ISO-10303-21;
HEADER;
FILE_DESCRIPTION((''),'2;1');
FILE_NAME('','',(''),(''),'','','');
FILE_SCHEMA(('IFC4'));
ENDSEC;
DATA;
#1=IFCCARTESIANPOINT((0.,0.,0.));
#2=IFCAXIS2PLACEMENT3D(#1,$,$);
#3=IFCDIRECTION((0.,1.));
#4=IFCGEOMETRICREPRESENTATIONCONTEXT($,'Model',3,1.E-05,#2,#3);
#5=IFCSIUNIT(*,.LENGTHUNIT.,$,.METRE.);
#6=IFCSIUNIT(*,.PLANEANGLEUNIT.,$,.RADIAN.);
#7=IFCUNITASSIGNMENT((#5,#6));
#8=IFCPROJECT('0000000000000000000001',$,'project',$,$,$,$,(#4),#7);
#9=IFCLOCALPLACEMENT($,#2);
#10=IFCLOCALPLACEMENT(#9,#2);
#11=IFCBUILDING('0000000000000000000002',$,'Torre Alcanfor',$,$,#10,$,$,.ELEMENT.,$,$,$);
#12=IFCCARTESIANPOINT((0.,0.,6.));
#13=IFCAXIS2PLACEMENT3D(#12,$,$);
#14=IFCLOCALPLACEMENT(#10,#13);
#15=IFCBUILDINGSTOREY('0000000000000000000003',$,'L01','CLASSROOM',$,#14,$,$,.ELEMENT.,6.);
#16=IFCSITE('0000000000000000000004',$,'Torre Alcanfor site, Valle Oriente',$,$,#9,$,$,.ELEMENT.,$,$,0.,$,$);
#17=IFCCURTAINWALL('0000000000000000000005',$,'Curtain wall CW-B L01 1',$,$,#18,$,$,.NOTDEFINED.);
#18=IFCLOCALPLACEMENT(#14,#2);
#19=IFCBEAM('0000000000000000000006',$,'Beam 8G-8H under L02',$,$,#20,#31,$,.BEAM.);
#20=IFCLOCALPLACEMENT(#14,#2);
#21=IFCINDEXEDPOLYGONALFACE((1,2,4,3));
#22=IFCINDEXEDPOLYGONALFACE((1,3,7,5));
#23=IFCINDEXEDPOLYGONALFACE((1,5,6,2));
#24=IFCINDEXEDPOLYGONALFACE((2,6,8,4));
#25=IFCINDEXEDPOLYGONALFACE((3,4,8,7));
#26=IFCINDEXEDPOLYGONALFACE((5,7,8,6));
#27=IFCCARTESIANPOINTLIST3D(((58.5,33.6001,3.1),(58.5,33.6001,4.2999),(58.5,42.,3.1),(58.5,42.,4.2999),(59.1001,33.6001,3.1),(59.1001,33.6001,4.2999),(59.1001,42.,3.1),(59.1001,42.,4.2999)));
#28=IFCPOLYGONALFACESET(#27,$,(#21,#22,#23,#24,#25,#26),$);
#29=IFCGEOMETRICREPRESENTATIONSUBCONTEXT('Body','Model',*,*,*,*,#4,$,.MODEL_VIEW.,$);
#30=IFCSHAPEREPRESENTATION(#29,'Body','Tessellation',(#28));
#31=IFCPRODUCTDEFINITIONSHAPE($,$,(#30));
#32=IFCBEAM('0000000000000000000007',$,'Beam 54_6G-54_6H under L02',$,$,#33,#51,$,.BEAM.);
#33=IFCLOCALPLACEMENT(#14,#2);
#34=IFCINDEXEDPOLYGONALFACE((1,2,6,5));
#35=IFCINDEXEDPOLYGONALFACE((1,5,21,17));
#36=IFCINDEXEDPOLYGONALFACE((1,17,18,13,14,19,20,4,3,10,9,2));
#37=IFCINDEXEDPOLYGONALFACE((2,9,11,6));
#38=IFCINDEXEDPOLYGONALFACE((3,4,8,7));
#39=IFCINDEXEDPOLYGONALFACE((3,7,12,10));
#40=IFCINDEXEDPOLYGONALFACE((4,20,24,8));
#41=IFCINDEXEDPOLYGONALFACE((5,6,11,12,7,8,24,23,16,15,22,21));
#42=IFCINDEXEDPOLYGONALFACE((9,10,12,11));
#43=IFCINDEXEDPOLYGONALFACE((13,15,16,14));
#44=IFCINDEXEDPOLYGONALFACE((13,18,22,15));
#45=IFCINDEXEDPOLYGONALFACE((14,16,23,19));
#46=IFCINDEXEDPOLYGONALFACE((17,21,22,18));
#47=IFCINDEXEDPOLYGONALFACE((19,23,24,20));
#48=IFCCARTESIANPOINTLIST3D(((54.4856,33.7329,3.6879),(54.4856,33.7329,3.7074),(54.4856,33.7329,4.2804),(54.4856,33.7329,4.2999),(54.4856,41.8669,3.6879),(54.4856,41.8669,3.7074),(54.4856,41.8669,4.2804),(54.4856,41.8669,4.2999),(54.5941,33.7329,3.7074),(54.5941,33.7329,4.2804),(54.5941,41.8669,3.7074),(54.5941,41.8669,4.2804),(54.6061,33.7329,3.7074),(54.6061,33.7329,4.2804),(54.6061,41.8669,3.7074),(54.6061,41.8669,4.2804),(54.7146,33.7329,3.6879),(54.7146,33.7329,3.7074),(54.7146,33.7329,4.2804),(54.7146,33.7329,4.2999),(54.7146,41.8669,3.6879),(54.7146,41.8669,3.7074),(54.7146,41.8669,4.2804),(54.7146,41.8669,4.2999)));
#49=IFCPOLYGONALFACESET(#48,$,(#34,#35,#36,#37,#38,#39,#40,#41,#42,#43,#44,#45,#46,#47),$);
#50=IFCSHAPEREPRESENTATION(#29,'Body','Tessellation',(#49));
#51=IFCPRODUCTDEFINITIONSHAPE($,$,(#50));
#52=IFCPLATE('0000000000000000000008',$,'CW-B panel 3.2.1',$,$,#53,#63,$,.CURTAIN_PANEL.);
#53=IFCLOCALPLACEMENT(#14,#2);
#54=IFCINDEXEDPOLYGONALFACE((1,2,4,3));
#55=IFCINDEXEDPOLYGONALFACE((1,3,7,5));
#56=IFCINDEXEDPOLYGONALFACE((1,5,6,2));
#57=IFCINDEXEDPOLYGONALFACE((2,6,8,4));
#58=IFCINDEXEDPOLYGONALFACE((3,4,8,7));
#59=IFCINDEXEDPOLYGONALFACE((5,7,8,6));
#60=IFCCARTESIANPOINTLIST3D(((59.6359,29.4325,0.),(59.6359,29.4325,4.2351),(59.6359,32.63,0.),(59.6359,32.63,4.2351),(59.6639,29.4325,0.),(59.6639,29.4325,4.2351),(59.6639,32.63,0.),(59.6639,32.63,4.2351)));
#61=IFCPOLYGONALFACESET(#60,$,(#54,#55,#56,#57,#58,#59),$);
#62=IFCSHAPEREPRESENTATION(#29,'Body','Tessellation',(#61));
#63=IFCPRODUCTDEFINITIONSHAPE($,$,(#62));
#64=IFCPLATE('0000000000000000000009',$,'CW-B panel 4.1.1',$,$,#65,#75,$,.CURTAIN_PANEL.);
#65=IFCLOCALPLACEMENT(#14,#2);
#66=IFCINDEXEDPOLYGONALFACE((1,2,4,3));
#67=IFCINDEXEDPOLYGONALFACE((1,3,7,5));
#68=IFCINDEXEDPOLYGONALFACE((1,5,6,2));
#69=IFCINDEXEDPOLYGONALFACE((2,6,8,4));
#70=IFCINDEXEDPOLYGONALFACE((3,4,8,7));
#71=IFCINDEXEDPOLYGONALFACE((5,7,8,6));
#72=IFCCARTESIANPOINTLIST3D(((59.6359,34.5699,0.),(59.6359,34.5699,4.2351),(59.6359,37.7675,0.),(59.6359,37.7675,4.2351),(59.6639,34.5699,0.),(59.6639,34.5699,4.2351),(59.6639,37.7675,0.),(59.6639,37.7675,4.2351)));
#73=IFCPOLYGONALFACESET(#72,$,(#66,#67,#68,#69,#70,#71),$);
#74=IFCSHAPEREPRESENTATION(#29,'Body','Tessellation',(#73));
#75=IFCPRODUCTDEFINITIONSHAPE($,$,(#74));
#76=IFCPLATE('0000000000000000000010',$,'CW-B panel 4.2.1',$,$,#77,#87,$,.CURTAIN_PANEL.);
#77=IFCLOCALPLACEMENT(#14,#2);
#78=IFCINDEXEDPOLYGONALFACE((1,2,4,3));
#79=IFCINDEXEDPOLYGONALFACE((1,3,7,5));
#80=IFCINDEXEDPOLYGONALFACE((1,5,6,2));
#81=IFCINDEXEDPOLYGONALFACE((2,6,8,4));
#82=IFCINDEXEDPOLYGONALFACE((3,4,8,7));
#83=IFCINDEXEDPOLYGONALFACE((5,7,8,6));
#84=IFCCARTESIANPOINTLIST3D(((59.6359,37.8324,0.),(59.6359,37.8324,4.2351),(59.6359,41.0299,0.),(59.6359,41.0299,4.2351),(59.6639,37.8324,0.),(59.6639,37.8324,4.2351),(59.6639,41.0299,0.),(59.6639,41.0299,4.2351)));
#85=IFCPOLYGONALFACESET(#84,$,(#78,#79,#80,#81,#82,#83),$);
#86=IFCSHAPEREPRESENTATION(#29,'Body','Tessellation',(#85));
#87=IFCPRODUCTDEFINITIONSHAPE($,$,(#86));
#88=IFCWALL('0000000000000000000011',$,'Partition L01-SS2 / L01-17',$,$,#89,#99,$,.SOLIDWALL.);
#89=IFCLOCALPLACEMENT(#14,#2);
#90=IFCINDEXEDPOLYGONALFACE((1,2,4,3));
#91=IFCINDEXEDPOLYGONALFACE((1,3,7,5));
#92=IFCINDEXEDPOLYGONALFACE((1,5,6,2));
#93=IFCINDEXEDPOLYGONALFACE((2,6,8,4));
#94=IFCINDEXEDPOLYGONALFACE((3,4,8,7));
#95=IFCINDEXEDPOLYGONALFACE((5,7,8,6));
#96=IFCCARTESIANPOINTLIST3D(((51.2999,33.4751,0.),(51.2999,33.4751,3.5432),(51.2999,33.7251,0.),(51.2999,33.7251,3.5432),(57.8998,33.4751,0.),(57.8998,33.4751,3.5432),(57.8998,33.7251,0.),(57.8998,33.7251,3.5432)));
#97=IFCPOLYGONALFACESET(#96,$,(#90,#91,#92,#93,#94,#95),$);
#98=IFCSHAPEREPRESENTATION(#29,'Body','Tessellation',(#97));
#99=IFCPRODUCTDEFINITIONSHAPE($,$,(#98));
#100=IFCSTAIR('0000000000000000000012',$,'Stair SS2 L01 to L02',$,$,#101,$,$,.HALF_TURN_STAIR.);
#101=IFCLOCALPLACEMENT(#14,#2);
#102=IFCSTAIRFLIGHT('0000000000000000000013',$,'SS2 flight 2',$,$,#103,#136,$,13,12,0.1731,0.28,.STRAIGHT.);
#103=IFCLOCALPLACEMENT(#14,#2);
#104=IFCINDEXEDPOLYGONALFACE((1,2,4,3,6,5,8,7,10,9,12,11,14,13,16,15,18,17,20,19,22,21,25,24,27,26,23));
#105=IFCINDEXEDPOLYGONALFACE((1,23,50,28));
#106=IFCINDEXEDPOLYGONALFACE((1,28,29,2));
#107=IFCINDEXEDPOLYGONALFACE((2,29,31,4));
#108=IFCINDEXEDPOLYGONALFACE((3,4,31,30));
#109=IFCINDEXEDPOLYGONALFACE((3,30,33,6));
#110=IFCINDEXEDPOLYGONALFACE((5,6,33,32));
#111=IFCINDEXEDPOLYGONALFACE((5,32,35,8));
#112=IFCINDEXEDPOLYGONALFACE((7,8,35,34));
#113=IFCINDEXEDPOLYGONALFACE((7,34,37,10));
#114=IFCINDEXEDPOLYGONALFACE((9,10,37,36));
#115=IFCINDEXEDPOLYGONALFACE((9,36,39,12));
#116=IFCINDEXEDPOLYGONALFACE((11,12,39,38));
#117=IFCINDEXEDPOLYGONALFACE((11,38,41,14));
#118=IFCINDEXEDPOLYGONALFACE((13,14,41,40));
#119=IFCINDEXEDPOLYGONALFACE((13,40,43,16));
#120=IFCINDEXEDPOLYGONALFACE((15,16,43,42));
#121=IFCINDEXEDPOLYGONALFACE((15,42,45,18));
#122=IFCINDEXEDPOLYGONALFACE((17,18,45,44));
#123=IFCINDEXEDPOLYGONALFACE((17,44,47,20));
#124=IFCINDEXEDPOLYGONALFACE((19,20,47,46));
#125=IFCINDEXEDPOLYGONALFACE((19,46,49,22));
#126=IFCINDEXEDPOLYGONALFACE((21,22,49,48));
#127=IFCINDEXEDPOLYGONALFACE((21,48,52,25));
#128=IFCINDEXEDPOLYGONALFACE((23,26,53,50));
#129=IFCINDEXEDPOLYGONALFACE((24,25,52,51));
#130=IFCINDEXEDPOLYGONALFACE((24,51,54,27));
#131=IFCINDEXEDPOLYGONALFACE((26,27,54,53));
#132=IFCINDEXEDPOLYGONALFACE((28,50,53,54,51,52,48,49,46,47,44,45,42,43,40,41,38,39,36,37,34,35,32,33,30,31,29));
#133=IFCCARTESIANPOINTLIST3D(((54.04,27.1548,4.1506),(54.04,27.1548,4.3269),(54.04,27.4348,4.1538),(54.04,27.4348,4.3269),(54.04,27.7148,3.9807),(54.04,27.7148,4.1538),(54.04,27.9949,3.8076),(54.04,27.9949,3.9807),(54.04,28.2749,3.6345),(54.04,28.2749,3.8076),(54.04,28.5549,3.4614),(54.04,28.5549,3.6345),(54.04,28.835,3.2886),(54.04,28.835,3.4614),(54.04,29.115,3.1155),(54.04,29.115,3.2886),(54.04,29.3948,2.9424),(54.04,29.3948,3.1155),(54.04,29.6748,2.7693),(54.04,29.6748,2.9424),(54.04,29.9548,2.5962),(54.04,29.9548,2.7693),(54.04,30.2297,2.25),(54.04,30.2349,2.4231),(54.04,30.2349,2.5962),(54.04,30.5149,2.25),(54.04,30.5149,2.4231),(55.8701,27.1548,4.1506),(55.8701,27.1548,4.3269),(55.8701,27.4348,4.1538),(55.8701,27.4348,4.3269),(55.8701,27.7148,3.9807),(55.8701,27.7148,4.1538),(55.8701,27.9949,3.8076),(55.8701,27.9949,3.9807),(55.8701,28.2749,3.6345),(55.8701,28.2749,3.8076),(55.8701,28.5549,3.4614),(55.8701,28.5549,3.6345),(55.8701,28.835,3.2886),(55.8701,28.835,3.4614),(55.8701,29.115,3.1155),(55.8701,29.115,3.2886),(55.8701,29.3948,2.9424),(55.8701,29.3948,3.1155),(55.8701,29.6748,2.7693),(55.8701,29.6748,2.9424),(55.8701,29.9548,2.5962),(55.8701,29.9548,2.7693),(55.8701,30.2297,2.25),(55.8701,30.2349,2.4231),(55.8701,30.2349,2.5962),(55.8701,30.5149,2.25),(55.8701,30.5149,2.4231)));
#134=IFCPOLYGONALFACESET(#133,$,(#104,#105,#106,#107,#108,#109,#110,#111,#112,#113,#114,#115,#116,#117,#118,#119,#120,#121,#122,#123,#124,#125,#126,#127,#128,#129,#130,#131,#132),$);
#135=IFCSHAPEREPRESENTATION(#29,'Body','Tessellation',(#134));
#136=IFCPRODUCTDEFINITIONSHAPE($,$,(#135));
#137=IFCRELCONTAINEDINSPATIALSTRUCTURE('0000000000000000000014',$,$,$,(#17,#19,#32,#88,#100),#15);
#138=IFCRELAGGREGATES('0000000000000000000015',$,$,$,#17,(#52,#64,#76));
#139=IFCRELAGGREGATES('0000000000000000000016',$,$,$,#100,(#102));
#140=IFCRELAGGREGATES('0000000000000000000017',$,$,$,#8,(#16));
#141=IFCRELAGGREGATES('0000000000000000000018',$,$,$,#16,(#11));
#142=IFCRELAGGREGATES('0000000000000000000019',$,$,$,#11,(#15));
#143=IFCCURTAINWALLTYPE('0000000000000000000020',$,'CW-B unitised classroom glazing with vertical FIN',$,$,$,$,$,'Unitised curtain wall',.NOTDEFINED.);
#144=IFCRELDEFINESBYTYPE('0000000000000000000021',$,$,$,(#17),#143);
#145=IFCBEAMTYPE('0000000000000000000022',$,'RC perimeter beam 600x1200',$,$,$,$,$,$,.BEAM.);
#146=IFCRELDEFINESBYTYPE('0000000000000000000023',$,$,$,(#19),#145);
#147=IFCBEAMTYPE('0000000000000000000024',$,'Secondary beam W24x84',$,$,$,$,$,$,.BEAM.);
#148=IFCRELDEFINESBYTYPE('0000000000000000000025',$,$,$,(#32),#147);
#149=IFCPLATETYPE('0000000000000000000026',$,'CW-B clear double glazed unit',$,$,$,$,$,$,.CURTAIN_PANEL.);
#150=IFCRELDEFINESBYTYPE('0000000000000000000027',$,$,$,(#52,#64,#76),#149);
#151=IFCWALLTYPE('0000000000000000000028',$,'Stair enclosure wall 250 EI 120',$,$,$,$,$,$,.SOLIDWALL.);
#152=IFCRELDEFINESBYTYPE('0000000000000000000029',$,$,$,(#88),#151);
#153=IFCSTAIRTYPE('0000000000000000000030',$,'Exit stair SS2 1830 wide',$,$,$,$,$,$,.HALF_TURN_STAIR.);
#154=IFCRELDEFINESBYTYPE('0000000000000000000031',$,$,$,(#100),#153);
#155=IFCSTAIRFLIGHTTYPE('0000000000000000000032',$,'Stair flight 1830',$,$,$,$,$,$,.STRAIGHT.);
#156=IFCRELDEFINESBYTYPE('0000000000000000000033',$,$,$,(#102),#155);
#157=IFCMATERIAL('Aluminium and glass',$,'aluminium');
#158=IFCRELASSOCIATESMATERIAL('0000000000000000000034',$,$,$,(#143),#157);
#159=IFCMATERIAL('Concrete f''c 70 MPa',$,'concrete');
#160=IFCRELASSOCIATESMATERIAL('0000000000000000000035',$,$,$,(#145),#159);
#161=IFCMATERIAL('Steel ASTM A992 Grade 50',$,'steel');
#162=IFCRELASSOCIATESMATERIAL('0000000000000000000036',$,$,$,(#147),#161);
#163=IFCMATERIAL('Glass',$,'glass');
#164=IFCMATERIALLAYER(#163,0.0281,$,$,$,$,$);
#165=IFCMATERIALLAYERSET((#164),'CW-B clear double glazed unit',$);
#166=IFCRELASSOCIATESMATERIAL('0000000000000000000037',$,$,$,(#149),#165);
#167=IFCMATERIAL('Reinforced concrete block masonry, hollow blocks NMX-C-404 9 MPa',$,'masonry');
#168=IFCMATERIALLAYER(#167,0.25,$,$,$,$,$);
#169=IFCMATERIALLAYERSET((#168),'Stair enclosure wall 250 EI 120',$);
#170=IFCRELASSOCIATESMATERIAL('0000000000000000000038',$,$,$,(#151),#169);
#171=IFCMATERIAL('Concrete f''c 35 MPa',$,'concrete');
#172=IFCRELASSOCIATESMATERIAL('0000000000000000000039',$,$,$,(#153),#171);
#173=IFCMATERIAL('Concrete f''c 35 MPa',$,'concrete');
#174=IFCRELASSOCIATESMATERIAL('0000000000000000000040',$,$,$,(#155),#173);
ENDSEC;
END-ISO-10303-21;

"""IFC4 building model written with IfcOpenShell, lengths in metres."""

from ifc_helpers import new_model, si_unit, direction, frame, frame_2d, origin, origin_2d, place, context, subcontext, project, spatial, polyline, rectangle, i_section, outline, extrude, material, layer, layer_set, material_profile, profile_set, type_object, element, aggregate, save


model = new_model("IFC4")

# Units and contexts
model_context = context("Model", 3, precision=1e-05, world=origin(), true_north=direction((0.0, 1.0)))
body_context = subcontext(model_context, "Body", "Model", "MODEL_VIEW")
ifc_project = project(units=[si_unit("LENGTHUNIT", "METRE"), si_unit("PLANEANGLEUNIT", "RADIAN")], contexts=[model_context])

# Site, building, storey
site_placement = place(None, origin())
site = spatial("IfcSite", under=ifc_project, at=site_placement, Name="Torre Alcanfor site, Valle Oriente", CompositionType="ELEMENT", RefElevation=0.0)
building_placement = place(site_placement, origin())
building = spatial("IfcBuilding", under=site, at=building_placement, Name="Torre Alcanfor", CompositionType="ELEMENT")
storey_placement = place(building_placement, frame((0.0, 0.0, 6.0)))
storey = spatial("IfcBuildingStorey", under=building, at=storey_placement, Name="L01", Description="CLASSROOM", CompositionType="ELEMENT", Elevation=6.0)

# Curtain wall
ifc_material_1 = material(Name="Aluminium and glass", Category="aluminium")
curtain_wall_type = type_object("IfcCurtainWallType", Name="CW-B unitised classroom glazing with vertical FIN", ElementType="Unitised curtain wall", PredefinedType="NOTDEFINED", material=ifc_material_1)
curtain_wall_placement = place(storey_placement, origin())
curtain_wall = element("IfcCurtainWall", 1, at=curtain_wall_placement, inside=storey, type_object=curtain_wall_type, Name="Curtain wall CW-B L01 1", PredefinedType="NOTDEFINED")

# Beams
ifc_material_2 = material(Name="Concrete f'c 70 MPa", Category="concrete")
ifc_material_profile_1 = material_profile(ifc_material_2, rectangle(XDim=0.6001, YDim=1.2, at=origin_2d()), Name="600x1200")
ifc_profile_set_1 = profile_set([ifc_material_profile_1], Name="Concrete f'c 70 MPa")
beam_type_1 = type_object("IfcBeamType", Name="RC perimeter beam 600x1200", PredefinedType="BEAM", material=ifc_profile_set_1)
beam_1_placement = place(storey_placement, frame((58.8, 33.6001, 3.7), z_axis=(0.0, 1.0, 0.0), x_axis=(-1.0, 0.0, 0.0)))
element("IfcBeam", 2, at=beam_1_placement, inside=storey, type_object=beam_type_1, Name="Beam 8G-8H under L02", PredefinedType="BEAM", context=body_context, shape_type="SweptSolid", body=[
    extrude(rectangle(XDim=0.6001, YDim=1.2, at=origin_2d()), origin(), (0.0, 0.0, 1.0), 8.3999),
])
ifc_material_3 = material(Name="Steel ASTM A992 Grade 50", Category="steel")
ifc_material_profile_2 = material_profile(ifc_material_3, i_section(OverallWidth=0.229, OverallDepth=0.6121, WebThickness=0.012, FlangeThickness=0.0195, at=origin_2d()), Name="W24x84")
ifc_profile_set_2 = profile_set([ifc_material_profile_2], Name="Steel ASTM A992 Grade 50")
beam_type_2 = type_object("IfcBeamType", Name="Secondary beam W24x84", PredefinedType="BEAM", material=ifc_profile_set_2)
beam_2_placement = place(storey_placement, frame((54.6001, 33.7329, 3.9939), z_axis=(0.0, 1.0, 0.0), x_axis=(-1.0, 0.0, 0.0)))
element("IfcBeam", 3, at=beam_2_placement, inside=storey, type_object=beam_type_2, Name="Beam 54_6G-54_6H under L02", PredefinedType="BEAM", context=body_context, shape_type="SweptSolid", body=[
    extrude(i_section(OverallWidth=0.229, OverallDepth=0.6121, WebThickness=0.012, FlangeThickness=0.0195, at=origin_2d()), origin(), (0.0, 0.0, 1.0), 8.134),
])

# Plates
ifc_material_4 = material(Name="Glass", Category="glass")
ifc_layer_1 = layer(ifc_material_4, 0.0281)
ifc_layer_set_1 = layer_set([ifc_layer_1], Name="CW-B clear double glazed unit")
plate_type = type_object("IfcPlateType", Name="CW-B clear double glazed unit", PredefinedType="CURTAIN_PANEL", material=ifc_layer_set_1)
plate_1_placement = place(storey_placement, frame((59.6499, 31.0312, 0.0), z_axis=(0.0, 0.0, 1.0), x_axis=(0.0, 1.0, 0.0)))
plate_1 = element("IfcPlate", 4, at=plate_1_placement, type_object=plate_type, Name="CW-B panel 3.2.1", PredefinedType="CURTAIN_PANEL", context=body_context, shape_type="SweptSolid", body=[
    extrude(rectangle(XDim=3.1975, YDim=0.0281, at=origin_2d()), origin(), (0.0, 0.0, 1.0), 4.2351),
])
plate_2_placement = place(storey_placement, frame((59.6499, 36.1687, 0.0), z_axis=(0.0, 0.0, 1.0), x_axis=(0.0, 1.0, 0.0)))
plate_2 = element("IfcPlate", 5, at=plate_2_placement, type_object=plate_type, Name="CW-B panel 4.1.1", PredefinedType="CURTAIN_PANEL", context=body_context, shape_type="SweptSolid", body=[
    extrude(rectangle(XDim=3.1975, YDim=0.0281, at=origin_2d()), origin(), (0.0, 0.0, 1.0), 4.2351),
])
plate_3_placement = place(storey_placement, frame((59.6499, 39.4312, 0.0), z_axis=(0.0, 0.0, 1.0), x_axis=(0.0, 1.0, 0.0)))
plate_3 = element("IfcPlate", 6, at=plate_3_placement, type_object=plate_type, Name="CW-B panel 4.2.1", PredefinedType="CURTAIN_PANEL", context=body_context, shape_type="SweptSolid", body=[
    extrude(rectangle(XDim=3.1975, YDim=0.0281, at=origin_2d()), origin(), (0.0, 0.0, 1.0), 4.2351),
])
aggregate(curtain_wall, [plate_1, plate_2, plate_3])

# Wall
ifc_material_5 = material(Name="Reinforced concrete block masonry, hollow blocks NMX-C-404 9 MPa", Category="masonry")
ifc_layer_2 = layer(ifc_material_5, 0.25)
ifc_layer_set_2 = layer_set([ifc_layer_2], Name="Stair enclosure wall 250 EI 120")
wall_type = type_object("IfcWallType", Name="Stair enclosure wall 250 EI 120", PredefinedType="SOLIDWALL", material=ifc_layer_set_2)
wall_placement = place(storey_placement, frame((51.3, 33.6001, 0.0), z_axis=(0.0, 0.0, 1.0), x_axis=(1.0, 0.0, 0.0)))
element("IfcWall", 7, at=wall_placement, inside=storey, type_object=wall_type, Name="Partition L01-SS2 / L01-17", PredefinedType="SOLIDWALL", context=body_context, shape_type="SweptSolid", body=[
    extrude(rectangle(XDim=6.5999, YDim=0.25, at=frame_2d((3.2998, 0.0))), origin(), (0.0, 0.0, 1.0), 3.5432),
])

# Stair, stair flight
ifc_material_6 = material(Name="Concrete f'c 35 MPa", Category="concrete")
stair_type = type_object("IfcStairType", Name="Exit stair SS2 1830 wide", PredefinedType="HALF_TURN_STAIR", material=ifc_material_6)
stair_placement = place(storey_placement, origin())
stair = element("IfcStair", 8, at=stair_placement, inside=storey, type_object=stair_type, Name="Stair SS2 L01 to L02", PredefinedType="HALF_TURN_STAIR")
ifc_material_7 = material(Name="Concrete f'c 35 MPa", Category="concrete")
stair_flight_type = type_object("IfcStairFlightType", Name="Stair flight 1830", PredefinedType="STRAIGHT", material=ifc_material_7)
stair_flight_placement = place(storey_placement, frame((54.9551, 30.5149, 2.25), z_axis=(0.0, 0.0, 1.0), x_axis=(0.0, -1.0, 0.0)))
stair_flight = element("IfcStairFlight", 9, at=stair_flight_placement, type_object=stair_flight_type, Name="SS2 flight 2", NumberOfRisers=13, NumberOfTreads=12, PredefinedType="STRAIGHT", RiserHeight=0.1731, TreadLength=0.28, context=body_context, shape_type="SweptSolid", body=[
    extrude(outline(polyline([(0.0, 0.0), (0.0, 0.1731), (0.28, 0.1731), (0.28, 0.3462), (0.5601, 0.3462), (0.5601, 0.5193), (0.8401, 0.5193), (0.8401, 0.6924), (1.1201, 0.6924), (1.1201, 0.8655), (1.3999, 0.8655), (1.3999, 1.0386), (1.6799, 1.0386), (1.6799, 1.2114), (1.96, 1.2114), (1.96, 1.3845), (2.24, 1.3845), (2.24, 1.5576), (2.52, 1.5576), (2.52, 1.7307), (2.8, 1.7307), (2.8, 1.9038), (3.0801, 1.9038), (3.0801, 2.0769), (3.3601, 2.0769), (3.3601, 2.25), (3.3601, 1.9006), (0.2852, 0.0), (0.0, 0.0)])), frame((0.0, 0.915, 0.0), z_axis=(0.0, -1.0, 0.0), x_axis=(1.0, 0.0, 0.0)), (0.0, 0.0, 1.0), 1.8301),
])
aggregate(stair, [stair_flight])

save(model, "model.ifc")
